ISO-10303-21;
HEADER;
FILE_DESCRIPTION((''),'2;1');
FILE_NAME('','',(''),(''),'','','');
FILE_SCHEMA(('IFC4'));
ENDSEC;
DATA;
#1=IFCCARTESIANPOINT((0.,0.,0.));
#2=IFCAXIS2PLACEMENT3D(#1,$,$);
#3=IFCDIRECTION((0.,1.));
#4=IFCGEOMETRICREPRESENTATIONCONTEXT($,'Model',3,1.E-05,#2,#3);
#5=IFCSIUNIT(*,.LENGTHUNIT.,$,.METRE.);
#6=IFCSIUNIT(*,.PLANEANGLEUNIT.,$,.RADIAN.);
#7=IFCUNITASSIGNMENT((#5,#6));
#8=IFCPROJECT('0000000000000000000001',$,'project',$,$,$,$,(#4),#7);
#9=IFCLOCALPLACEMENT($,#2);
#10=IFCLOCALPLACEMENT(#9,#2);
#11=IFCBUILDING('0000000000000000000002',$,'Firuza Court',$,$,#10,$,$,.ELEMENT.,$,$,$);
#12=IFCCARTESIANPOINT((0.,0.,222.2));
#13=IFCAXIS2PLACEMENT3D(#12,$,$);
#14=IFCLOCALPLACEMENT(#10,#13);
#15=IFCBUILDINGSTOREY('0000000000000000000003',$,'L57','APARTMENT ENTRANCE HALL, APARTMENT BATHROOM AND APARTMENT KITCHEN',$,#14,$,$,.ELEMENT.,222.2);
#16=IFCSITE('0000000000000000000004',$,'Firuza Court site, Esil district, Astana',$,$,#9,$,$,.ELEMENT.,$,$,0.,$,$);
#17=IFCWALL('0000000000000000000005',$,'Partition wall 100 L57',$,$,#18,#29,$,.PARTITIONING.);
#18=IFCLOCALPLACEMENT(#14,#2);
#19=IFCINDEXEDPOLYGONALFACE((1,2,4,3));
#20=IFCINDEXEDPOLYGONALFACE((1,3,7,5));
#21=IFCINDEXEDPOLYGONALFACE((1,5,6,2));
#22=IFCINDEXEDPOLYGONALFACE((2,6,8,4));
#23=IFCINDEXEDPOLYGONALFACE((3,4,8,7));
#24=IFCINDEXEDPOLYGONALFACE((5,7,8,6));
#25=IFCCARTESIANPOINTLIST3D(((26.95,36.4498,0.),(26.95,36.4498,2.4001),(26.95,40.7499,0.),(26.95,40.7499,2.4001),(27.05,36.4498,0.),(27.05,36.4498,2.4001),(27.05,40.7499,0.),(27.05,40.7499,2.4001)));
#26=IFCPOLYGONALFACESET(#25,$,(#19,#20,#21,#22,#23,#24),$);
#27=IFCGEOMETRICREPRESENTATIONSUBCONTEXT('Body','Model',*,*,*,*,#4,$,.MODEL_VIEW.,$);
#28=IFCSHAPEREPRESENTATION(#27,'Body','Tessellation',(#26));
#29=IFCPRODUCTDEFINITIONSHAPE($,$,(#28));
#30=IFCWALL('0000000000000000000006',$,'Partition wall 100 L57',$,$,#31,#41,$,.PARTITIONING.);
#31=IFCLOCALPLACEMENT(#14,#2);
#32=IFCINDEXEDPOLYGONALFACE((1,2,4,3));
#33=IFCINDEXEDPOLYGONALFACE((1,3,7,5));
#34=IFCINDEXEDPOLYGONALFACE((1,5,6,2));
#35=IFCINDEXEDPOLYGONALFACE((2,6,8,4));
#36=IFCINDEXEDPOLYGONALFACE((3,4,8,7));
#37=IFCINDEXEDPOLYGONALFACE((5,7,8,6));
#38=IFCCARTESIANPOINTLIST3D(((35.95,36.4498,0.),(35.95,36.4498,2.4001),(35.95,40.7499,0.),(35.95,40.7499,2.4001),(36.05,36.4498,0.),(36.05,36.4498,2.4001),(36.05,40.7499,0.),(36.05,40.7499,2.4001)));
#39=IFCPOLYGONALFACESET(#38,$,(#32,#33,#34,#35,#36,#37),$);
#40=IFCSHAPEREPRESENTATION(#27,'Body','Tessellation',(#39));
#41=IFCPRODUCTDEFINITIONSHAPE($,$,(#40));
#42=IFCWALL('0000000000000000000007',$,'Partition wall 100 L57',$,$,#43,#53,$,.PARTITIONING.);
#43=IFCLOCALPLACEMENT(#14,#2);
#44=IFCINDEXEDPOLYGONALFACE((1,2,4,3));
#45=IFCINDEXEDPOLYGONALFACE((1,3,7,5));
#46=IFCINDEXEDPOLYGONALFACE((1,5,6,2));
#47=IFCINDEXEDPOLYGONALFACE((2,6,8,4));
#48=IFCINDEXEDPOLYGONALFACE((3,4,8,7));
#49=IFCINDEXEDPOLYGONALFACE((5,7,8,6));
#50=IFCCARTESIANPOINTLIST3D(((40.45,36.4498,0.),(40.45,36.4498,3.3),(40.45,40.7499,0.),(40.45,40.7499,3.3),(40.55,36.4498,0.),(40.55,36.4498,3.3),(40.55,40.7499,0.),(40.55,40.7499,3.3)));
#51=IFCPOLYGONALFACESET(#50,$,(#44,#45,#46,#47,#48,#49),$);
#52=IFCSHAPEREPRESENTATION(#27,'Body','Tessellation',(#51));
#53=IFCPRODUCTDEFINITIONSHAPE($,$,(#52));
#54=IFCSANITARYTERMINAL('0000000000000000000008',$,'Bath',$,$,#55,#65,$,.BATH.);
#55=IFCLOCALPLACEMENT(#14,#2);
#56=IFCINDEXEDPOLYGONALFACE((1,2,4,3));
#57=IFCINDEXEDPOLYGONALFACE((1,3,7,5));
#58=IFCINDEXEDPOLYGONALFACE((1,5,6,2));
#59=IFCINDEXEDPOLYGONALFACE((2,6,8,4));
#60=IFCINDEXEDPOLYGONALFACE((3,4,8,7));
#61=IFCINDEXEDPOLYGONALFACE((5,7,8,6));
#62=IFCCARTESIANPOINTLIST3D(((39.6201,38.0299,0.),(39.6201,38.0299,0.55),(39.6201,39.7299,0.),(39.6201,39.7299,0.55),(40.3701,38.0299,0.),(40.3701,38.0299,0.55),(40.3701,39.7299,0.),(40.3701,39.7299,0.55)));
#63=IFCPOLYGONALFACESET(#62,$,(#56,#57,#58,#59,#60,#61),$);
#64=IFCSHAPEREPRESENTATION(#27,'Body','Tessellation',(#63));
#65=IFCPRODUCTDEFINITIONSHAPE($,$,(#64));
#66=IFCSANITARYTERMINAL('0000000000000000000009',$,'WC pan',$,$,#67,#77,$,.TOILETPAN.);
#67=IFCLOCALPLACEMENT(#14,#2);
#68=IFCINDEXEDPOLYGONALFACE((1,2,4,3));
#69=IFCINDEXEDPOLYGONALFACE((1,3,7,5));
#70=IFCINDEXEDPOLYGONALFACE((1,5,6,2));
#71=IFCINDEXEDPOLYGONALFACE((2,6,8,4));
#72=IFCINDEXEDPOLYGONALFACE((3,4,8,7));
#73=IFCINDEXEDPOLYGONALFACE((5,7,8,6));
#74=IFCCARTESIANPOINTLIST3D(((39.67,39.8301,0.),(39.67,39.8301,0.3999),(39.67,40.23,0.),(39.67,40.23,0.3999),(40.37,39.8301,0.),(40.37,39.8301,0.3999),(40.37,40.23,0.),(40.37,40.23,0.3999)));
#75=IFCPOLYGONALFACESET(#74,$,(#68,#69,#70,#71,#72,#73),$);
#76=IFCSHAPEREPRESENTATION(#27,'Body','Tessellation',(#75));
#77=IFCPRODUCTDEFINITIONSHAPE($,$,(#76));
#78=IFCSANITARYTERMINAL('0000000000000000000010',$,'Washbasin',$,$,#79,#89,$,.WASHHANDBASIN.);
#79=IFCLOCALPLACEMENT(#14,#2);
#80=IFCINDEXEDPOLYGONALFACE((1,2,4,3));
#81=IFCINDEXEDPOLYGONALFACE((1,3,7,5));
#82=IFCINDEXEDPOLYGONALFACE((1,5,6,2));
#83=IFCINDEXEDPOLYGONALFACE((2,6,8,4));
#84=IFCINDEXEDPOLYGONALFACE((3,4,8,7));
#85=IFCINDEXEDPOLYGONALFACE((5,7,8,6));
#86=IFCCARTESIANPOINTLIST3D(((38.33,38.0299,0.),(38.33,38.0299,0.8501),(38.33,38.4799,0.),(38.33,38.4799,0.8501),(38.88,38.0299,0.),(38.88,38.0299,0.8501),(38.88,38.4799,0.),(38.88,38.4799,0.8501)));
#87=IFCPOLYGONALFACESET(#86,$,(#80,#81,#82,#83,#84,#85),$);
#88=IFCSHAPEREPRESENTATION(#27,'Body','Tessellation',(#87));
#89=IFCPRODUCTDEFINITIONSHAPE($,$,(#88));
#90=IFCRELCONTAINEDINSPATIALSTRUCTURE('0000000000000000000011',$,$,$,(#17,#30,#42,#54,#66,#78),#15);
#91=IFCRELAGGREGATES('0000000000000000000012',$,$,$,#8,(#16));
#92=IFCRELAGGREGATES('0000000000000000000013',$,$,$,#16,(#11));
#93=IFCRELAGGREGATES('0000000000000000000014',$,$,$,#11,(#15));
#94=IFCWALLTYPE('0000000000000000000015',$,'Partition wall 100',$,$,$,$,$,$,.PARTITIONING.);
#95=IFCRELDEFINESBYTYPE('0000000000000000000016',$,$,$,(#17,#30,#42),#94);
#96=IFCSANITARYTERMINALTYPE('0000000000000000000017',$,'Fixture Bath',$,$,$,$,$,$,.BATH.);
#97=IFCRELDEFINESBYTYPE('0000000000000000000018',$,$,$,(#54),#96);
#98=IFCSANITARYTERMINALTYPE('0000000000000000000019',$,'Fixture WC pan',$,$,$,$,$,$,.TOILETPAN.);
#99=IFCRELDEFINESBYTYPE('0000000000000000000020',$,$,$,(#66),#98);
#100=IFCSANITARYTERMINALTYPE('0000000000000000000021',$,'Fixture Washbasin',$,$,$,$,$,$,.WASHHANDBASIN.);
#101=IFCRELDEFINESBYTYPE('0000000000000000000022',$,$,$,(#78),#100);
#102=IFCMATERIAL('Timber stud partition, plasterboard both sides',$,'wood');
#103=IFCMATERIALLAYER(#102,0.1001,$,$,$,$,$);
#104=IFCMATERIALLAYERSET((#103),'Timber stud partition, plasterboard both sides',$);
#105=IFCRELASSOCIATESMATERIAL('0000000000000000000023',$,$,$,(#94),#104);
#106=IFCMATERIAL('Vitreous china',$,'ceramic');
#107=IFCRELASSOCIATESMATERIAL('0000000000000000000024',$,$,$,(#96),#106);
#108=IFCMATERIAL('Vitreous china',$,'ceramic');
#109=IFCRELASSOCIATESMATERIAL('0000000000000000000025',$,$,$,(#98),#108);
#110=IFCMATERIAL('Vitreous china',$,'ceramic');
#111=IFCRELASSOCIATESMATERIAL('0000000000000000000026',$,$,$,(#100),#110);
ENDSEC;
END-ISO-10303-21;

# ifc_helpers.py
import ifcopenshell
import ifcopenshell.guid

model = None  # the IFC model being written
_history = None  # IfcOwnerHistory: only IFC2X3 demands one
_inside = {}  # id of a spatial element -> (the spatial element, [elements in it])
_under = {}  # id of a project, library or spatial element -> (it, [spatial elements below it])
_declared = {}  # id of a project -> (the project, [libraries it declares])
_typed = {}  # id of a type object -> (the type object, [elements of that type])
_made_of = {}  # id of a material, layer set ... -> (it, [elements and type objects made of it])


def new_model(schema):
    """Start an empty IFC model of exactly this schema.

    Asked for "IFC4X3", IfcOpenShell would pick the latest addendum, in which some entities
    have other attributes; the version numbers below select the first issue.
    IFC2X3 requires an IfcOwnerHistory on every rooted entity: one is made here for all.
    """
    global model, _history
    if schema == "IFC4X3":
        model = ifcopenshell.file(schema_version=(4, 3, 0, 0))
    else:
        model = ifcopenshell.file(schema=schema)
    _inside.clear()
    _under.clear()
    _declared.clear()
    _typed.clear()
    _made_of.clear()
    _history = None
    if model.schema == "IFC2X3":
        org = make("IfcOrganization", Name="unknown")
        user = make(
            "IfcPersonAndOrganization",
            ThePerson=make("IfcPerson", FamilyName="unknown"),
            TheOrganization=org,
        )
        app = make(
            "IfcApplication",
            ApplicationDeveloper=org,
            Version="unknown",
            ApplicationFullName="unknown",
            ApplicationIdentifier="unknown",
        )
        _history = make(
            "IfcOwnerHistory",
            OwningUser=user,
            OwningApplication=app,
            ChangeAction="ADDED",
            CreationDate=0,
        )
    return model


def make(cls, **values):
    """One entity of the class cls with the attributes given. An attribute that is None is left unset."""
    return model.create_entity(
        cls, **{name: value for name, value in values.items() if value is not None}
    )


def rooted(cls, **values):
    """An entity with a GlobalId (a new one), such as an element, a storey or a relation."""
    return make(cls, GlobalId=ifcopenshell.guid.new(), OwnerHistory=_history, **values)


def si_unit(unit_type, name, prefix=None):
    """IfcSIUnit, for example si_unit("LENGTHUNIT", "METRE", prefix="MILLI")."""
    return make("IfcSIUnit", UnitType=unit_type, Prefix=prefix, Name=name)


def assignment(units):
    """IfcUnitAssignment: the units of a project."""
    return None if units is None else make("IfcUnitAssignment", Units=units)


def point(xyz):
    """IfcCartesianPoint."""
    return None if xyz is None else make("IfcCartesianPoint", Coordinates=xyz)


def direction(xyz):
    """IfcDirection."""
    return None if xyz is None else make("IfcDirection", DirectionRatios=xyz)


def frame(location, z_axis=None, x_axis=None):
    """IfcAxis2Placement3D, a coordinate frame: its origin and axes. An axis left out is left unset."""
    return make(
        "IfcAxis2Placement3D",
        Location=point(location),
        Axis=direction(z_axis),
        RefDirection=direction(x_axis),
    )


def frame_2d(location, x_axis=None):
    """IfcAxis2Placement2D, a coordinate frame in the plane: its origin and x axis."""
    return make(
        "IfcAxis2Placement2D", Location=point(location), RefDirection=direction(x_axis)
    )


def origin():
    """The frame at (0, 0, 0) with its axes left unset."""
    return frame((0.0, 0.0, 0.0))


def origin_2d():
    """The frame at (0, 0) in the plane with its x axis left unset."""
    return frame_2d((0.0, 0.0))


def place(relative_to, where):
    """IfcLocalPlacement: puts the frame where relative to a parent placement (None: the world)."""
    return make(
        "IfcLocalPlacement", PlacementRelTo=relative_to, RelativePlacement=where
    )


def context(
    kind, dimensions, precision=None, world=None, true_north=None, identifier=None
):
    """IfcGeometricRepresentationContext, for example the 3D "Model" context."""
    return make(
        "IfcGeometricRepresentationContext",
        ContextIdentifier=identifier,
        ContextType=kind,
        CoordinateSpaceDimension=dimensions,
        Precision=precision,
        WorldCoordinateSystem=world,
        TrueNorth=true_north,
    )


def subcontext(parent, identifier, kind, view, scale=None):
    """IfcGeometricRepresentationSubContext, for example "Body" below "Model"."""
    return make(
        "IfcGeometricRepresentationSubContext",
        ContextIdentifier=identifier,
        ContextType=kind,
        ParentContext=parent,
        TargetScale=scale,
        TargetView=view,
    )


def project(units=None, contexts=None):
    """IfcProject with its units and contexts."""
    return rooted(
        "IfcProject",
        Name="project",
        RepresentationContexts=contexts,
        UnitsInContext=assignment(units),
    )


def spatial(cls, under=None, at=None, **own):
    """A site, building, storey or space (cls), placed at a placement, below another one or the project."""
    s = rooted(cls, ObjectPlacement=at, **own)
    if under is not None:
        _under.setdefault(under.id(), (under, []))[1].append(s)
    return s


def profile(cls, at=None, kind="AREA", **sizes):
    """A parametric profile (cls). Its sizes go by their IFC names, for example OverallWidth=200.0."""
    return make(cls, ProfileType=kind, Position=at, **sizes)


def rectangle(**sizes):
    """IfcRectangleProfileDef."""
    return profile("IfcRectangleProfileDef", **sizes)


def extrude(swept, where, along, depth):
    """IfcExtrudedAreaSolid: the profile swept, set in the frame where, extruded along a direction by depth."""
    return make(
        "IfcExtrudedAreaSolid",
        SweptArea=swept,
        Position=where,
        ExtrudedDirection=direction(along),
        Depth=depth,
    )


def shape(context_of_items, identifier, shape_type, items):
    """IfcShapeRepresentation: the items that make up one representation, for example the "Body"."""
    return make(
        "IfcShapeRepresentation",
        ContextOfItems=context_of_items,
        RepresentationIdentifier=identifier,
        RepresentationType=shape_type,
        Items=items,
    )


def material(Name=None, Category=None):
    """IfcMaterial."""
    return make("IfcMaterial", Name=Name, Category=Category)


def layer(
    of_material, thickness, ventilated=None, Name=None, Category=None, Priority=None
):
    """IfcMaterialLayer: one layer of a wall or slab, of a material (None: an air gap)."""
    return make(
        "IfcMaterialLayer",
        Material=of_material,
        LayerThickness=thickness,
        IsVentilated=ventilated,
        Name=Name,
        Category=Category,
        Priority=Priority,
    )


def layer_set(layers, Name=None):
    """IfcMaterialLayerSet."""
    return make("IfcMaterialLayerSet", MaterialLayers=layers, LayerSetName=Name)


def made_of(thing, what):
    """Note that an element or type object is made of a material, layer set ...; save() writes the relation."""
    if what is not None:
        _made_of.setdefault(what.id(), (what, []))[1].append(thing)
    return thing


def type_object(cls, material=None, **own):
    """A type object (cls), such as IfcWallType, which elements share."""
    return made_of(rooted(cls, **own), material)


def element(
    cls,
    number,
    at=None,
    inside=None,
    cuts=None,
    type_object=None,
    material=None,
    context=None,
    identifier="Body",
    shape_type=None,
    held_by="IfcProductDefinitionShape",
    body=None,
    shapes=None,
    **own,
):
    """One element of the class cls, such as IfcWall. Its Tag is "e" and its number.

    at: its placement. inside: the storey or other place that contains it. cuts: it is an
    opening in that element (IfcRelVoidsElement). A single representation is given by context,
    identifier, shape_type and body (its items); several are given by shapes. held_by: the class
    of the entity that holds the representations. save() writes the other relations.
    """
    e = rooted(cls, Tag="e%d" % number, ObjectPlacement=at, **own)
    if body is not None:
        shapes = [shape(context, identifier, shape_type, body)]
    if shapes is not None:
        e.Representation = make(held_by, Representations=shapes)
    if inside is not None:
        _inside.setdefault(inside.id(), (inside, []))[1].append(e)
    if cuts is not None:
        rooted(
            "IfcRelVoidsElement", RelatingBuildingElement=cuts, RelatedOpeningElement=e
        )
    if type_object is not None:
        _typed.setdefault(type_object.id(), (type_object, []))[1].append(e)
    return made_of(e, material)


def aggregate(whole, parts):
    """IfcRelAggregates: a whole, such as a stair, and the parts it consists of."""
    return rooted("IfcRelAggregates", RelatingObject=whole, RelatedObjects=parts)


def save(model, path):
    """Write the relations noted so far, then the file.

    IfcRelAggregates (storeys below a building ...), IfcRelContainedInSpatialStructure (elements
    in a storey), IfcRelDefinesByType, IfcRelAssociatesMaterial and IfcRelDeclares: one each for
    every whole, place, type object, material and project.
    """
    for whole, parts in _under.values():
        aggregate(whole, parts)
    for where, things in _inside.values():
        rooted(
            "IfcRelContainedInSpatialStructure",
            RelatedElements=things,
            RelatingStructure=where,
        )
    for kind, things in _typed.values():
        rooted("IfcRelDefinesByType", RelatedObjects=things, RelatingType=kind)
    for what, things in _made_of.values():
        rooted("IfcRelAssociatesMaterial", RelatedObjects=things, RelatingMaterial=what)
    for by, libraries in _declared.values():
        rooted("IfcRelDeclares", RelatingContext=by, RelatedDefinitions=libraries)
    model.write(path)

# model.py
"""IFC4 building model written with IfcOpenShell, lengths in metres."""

from ifc_helpers import new_model, si_unit, direction, frame, frame_2d, origin, origin_2d, place, context, subcontext, project, spatial, rectangle, extrude, material, layer, layer_set, type_object, element, save


model = new_model("IFC4")

# Units and contexts
model_context = context("Model", 3, precision=1e-05, world=origin(), true_north=direction((0.0, 1.0)))
body_context = subcontext(model_context, "Body", "Model", "MODEL_VIEW")
ifc_project = project(units=[si_unit("LENGTHUNIT", "METRE"), si_unit("PLANEANGLEUNIT", "RADIAN")], contexts=[model_context])

# Site, building, storey
site_placement = place(None, origin())
site = spatial("IfcSite", under=ifc_project, at=site_placement, Name="Firuza Court site, Esil district, Astana", CompositionType="ELEMENT", RefElevation=0.0)
building_placement = place(site_placement, origin())
building = spatial("IfcBuilding", under=site, at=building_placement, Name="Firuza Court", CompositionType="ELEMENT")
storey_placement = place(building_placement, frame((0.0, 0.0, 222.2)))
storey = spatial("IfcBuildingStorey", under=building, at=storey_placement, Name="L57", Description="APARTMENT ENTRANCE HALL, APARTMENT BATHROOM AND APARTMENT KITCHEN", CompositionType="ELEMENT", Elevation=222.2)

# Walls
ifc_material_1 = material(Name="Timber stud partition, plasterboard both sides", Category="wood")
ifc_layer_1 = layer(ifc_material_1, 0.1001)
ifc_layer_set_1 = layer_set([ifc_layer_1], Name="Timber stud partition, plasterboard both sides")
wall_type_1 = type_object("IfcWallType", Name="Partition wall 100", PredefinedType="PARTITIONING", material=ifc_layer_set_1)
for number, where, z_axis, x_axis, name in (
    (1, (27.0, 36.45, 0.0), (0.0, 0.0, 1.0), (0.0, 1.0, 0.0), "Partition wall 100 L57"),
    (2, (36.0, 36.45, 0.0), (0.0, 0.0, 1.0), (0.0, 1.0, 0.0), "Partition wall 100 L57"),
):
    element("IfcWall", number, at=place(storey_placement, frame(where, z_axis=z_axis, x_axis=x_axis)), inside=storey, type_object=wall_type_1, Name=name, PredefinedType="PARTITIONING", context=body_context, shape_type="SweptSolid", body=[
        extrude(rectangle(XDim=4.3, YDim=0.1001, at=frame_2d((2.1499, 0.0))), origin(), (0.0, 0.0, 1.0), 2.4001),
    ])
wall_1_placement = place(storey_placement, frame((40.5, 36.45, 0.0), z_axis=(0.0, 0.0, 1.0), x_axis=(0.0, 1.0, 0.0)))
element("IfcWall", 3, at=wall_1_placement, inside=storey, type_object=wall_type_1, Name="Partition wall 100 L57", PredefinedType="PARTITIONING", context=body_context, shape_type="SweptSolid", body=[
    extrude(rectangle(XDim=4.3, YDim=0.1001, at=frame_2d((2.1499, 0.0))), origin(), (0.0, 0.0, 1.0), 3.3),
])

# Sanitary terminals
ifc_material_2 = material(Name="Vitreous china", Category="ceramic")
sanitary_terminal_type_1 = type_object("IfcSanitaryTerminalType", Name="Fixture Bath", PredefinedType="BATH", material=ifc_material_2)
sanitary_terminal_1_placement = place(storey_placement, frame((39.9951, 38.8799, 0.0), z_axis=(0.0, 0.0, 1.0), x_axis=(1.0, 0.0, 0.0)))
element("IfcSanitaryTerminal", 4, at=sanitary_terminal_1_placement, inside=storey, type_object=sanitary_terminal_type_1, Name="Bath", PredefinedType="BATH", context=body_context, shape_type="SweptSolid", body=[
    extrude(rectangle(XDim=0.75, YDim=1.7, at=origin_2d()), origin(), (0.0, 0.0, 1.0), 0.55),
])
ifc_material_3 = material(Name="Vitreous china", Category="ceramic")
sanitary_terminal_type_2 = type_object("IfcSanitaryTerminalType", Name="Fixture WC pan", PredefinedType="TOILETPAN", material=ifc_material_3)
sanitary_terminal_2_placement = place(storey_placement, frame((40.02, 40.03, 0.0), z_axis=(0.0, 0.0, 1.0), x_axis=(1.0, 0.0, 0.0)))
element("IfcSanitaryTerminal", 5, at=sanitary_terminal_2_placement, inside=storey, type_object=sanitary_terminal_type_2, Name="WC pan", PredefinedType="TOILETPAN", context=body_context, shape_type="SweptSolid", body=[
    extrude(rectangle(XDim=0.7, YDim=0.3999, at=origin_2d()), origin(), (0.0, 0.0, 1.0), 0.3999),
])
ifc_material_4 = material(Name="Vitreous china", Category="ceramic")
sanitary_terminal_type_3 = type_object("IfcSanitaryTerminalType", Name="Fixture Washbasin", PredefinedType="WASHHANDBASIN", material=ifc_material_4)
sanitary_terminal_3_placement = place(storey_placement, frame((38.605, 38.2549, 0.0), z_axis=(0.0, 0.0, 1.0), x_axis=(1.0, 0.0, 0.0)))
element("IfcSanitaryTerminal", 6, at=sanitary_terminal_3_placement, inside=storey, type_object=sanitary_terminal_type_3, Name="Washbasin", PredefinedType="WASHHANDBASIN", context=body_context, shape_type="SweptSolid", body=[
    extrude(rectangle(XDim=0.55, YDim=0.45, at=origin_2d()), origin(), (0.0, 0.0, 1.0), 0.8501),
])

save(model, "model.ifc")
